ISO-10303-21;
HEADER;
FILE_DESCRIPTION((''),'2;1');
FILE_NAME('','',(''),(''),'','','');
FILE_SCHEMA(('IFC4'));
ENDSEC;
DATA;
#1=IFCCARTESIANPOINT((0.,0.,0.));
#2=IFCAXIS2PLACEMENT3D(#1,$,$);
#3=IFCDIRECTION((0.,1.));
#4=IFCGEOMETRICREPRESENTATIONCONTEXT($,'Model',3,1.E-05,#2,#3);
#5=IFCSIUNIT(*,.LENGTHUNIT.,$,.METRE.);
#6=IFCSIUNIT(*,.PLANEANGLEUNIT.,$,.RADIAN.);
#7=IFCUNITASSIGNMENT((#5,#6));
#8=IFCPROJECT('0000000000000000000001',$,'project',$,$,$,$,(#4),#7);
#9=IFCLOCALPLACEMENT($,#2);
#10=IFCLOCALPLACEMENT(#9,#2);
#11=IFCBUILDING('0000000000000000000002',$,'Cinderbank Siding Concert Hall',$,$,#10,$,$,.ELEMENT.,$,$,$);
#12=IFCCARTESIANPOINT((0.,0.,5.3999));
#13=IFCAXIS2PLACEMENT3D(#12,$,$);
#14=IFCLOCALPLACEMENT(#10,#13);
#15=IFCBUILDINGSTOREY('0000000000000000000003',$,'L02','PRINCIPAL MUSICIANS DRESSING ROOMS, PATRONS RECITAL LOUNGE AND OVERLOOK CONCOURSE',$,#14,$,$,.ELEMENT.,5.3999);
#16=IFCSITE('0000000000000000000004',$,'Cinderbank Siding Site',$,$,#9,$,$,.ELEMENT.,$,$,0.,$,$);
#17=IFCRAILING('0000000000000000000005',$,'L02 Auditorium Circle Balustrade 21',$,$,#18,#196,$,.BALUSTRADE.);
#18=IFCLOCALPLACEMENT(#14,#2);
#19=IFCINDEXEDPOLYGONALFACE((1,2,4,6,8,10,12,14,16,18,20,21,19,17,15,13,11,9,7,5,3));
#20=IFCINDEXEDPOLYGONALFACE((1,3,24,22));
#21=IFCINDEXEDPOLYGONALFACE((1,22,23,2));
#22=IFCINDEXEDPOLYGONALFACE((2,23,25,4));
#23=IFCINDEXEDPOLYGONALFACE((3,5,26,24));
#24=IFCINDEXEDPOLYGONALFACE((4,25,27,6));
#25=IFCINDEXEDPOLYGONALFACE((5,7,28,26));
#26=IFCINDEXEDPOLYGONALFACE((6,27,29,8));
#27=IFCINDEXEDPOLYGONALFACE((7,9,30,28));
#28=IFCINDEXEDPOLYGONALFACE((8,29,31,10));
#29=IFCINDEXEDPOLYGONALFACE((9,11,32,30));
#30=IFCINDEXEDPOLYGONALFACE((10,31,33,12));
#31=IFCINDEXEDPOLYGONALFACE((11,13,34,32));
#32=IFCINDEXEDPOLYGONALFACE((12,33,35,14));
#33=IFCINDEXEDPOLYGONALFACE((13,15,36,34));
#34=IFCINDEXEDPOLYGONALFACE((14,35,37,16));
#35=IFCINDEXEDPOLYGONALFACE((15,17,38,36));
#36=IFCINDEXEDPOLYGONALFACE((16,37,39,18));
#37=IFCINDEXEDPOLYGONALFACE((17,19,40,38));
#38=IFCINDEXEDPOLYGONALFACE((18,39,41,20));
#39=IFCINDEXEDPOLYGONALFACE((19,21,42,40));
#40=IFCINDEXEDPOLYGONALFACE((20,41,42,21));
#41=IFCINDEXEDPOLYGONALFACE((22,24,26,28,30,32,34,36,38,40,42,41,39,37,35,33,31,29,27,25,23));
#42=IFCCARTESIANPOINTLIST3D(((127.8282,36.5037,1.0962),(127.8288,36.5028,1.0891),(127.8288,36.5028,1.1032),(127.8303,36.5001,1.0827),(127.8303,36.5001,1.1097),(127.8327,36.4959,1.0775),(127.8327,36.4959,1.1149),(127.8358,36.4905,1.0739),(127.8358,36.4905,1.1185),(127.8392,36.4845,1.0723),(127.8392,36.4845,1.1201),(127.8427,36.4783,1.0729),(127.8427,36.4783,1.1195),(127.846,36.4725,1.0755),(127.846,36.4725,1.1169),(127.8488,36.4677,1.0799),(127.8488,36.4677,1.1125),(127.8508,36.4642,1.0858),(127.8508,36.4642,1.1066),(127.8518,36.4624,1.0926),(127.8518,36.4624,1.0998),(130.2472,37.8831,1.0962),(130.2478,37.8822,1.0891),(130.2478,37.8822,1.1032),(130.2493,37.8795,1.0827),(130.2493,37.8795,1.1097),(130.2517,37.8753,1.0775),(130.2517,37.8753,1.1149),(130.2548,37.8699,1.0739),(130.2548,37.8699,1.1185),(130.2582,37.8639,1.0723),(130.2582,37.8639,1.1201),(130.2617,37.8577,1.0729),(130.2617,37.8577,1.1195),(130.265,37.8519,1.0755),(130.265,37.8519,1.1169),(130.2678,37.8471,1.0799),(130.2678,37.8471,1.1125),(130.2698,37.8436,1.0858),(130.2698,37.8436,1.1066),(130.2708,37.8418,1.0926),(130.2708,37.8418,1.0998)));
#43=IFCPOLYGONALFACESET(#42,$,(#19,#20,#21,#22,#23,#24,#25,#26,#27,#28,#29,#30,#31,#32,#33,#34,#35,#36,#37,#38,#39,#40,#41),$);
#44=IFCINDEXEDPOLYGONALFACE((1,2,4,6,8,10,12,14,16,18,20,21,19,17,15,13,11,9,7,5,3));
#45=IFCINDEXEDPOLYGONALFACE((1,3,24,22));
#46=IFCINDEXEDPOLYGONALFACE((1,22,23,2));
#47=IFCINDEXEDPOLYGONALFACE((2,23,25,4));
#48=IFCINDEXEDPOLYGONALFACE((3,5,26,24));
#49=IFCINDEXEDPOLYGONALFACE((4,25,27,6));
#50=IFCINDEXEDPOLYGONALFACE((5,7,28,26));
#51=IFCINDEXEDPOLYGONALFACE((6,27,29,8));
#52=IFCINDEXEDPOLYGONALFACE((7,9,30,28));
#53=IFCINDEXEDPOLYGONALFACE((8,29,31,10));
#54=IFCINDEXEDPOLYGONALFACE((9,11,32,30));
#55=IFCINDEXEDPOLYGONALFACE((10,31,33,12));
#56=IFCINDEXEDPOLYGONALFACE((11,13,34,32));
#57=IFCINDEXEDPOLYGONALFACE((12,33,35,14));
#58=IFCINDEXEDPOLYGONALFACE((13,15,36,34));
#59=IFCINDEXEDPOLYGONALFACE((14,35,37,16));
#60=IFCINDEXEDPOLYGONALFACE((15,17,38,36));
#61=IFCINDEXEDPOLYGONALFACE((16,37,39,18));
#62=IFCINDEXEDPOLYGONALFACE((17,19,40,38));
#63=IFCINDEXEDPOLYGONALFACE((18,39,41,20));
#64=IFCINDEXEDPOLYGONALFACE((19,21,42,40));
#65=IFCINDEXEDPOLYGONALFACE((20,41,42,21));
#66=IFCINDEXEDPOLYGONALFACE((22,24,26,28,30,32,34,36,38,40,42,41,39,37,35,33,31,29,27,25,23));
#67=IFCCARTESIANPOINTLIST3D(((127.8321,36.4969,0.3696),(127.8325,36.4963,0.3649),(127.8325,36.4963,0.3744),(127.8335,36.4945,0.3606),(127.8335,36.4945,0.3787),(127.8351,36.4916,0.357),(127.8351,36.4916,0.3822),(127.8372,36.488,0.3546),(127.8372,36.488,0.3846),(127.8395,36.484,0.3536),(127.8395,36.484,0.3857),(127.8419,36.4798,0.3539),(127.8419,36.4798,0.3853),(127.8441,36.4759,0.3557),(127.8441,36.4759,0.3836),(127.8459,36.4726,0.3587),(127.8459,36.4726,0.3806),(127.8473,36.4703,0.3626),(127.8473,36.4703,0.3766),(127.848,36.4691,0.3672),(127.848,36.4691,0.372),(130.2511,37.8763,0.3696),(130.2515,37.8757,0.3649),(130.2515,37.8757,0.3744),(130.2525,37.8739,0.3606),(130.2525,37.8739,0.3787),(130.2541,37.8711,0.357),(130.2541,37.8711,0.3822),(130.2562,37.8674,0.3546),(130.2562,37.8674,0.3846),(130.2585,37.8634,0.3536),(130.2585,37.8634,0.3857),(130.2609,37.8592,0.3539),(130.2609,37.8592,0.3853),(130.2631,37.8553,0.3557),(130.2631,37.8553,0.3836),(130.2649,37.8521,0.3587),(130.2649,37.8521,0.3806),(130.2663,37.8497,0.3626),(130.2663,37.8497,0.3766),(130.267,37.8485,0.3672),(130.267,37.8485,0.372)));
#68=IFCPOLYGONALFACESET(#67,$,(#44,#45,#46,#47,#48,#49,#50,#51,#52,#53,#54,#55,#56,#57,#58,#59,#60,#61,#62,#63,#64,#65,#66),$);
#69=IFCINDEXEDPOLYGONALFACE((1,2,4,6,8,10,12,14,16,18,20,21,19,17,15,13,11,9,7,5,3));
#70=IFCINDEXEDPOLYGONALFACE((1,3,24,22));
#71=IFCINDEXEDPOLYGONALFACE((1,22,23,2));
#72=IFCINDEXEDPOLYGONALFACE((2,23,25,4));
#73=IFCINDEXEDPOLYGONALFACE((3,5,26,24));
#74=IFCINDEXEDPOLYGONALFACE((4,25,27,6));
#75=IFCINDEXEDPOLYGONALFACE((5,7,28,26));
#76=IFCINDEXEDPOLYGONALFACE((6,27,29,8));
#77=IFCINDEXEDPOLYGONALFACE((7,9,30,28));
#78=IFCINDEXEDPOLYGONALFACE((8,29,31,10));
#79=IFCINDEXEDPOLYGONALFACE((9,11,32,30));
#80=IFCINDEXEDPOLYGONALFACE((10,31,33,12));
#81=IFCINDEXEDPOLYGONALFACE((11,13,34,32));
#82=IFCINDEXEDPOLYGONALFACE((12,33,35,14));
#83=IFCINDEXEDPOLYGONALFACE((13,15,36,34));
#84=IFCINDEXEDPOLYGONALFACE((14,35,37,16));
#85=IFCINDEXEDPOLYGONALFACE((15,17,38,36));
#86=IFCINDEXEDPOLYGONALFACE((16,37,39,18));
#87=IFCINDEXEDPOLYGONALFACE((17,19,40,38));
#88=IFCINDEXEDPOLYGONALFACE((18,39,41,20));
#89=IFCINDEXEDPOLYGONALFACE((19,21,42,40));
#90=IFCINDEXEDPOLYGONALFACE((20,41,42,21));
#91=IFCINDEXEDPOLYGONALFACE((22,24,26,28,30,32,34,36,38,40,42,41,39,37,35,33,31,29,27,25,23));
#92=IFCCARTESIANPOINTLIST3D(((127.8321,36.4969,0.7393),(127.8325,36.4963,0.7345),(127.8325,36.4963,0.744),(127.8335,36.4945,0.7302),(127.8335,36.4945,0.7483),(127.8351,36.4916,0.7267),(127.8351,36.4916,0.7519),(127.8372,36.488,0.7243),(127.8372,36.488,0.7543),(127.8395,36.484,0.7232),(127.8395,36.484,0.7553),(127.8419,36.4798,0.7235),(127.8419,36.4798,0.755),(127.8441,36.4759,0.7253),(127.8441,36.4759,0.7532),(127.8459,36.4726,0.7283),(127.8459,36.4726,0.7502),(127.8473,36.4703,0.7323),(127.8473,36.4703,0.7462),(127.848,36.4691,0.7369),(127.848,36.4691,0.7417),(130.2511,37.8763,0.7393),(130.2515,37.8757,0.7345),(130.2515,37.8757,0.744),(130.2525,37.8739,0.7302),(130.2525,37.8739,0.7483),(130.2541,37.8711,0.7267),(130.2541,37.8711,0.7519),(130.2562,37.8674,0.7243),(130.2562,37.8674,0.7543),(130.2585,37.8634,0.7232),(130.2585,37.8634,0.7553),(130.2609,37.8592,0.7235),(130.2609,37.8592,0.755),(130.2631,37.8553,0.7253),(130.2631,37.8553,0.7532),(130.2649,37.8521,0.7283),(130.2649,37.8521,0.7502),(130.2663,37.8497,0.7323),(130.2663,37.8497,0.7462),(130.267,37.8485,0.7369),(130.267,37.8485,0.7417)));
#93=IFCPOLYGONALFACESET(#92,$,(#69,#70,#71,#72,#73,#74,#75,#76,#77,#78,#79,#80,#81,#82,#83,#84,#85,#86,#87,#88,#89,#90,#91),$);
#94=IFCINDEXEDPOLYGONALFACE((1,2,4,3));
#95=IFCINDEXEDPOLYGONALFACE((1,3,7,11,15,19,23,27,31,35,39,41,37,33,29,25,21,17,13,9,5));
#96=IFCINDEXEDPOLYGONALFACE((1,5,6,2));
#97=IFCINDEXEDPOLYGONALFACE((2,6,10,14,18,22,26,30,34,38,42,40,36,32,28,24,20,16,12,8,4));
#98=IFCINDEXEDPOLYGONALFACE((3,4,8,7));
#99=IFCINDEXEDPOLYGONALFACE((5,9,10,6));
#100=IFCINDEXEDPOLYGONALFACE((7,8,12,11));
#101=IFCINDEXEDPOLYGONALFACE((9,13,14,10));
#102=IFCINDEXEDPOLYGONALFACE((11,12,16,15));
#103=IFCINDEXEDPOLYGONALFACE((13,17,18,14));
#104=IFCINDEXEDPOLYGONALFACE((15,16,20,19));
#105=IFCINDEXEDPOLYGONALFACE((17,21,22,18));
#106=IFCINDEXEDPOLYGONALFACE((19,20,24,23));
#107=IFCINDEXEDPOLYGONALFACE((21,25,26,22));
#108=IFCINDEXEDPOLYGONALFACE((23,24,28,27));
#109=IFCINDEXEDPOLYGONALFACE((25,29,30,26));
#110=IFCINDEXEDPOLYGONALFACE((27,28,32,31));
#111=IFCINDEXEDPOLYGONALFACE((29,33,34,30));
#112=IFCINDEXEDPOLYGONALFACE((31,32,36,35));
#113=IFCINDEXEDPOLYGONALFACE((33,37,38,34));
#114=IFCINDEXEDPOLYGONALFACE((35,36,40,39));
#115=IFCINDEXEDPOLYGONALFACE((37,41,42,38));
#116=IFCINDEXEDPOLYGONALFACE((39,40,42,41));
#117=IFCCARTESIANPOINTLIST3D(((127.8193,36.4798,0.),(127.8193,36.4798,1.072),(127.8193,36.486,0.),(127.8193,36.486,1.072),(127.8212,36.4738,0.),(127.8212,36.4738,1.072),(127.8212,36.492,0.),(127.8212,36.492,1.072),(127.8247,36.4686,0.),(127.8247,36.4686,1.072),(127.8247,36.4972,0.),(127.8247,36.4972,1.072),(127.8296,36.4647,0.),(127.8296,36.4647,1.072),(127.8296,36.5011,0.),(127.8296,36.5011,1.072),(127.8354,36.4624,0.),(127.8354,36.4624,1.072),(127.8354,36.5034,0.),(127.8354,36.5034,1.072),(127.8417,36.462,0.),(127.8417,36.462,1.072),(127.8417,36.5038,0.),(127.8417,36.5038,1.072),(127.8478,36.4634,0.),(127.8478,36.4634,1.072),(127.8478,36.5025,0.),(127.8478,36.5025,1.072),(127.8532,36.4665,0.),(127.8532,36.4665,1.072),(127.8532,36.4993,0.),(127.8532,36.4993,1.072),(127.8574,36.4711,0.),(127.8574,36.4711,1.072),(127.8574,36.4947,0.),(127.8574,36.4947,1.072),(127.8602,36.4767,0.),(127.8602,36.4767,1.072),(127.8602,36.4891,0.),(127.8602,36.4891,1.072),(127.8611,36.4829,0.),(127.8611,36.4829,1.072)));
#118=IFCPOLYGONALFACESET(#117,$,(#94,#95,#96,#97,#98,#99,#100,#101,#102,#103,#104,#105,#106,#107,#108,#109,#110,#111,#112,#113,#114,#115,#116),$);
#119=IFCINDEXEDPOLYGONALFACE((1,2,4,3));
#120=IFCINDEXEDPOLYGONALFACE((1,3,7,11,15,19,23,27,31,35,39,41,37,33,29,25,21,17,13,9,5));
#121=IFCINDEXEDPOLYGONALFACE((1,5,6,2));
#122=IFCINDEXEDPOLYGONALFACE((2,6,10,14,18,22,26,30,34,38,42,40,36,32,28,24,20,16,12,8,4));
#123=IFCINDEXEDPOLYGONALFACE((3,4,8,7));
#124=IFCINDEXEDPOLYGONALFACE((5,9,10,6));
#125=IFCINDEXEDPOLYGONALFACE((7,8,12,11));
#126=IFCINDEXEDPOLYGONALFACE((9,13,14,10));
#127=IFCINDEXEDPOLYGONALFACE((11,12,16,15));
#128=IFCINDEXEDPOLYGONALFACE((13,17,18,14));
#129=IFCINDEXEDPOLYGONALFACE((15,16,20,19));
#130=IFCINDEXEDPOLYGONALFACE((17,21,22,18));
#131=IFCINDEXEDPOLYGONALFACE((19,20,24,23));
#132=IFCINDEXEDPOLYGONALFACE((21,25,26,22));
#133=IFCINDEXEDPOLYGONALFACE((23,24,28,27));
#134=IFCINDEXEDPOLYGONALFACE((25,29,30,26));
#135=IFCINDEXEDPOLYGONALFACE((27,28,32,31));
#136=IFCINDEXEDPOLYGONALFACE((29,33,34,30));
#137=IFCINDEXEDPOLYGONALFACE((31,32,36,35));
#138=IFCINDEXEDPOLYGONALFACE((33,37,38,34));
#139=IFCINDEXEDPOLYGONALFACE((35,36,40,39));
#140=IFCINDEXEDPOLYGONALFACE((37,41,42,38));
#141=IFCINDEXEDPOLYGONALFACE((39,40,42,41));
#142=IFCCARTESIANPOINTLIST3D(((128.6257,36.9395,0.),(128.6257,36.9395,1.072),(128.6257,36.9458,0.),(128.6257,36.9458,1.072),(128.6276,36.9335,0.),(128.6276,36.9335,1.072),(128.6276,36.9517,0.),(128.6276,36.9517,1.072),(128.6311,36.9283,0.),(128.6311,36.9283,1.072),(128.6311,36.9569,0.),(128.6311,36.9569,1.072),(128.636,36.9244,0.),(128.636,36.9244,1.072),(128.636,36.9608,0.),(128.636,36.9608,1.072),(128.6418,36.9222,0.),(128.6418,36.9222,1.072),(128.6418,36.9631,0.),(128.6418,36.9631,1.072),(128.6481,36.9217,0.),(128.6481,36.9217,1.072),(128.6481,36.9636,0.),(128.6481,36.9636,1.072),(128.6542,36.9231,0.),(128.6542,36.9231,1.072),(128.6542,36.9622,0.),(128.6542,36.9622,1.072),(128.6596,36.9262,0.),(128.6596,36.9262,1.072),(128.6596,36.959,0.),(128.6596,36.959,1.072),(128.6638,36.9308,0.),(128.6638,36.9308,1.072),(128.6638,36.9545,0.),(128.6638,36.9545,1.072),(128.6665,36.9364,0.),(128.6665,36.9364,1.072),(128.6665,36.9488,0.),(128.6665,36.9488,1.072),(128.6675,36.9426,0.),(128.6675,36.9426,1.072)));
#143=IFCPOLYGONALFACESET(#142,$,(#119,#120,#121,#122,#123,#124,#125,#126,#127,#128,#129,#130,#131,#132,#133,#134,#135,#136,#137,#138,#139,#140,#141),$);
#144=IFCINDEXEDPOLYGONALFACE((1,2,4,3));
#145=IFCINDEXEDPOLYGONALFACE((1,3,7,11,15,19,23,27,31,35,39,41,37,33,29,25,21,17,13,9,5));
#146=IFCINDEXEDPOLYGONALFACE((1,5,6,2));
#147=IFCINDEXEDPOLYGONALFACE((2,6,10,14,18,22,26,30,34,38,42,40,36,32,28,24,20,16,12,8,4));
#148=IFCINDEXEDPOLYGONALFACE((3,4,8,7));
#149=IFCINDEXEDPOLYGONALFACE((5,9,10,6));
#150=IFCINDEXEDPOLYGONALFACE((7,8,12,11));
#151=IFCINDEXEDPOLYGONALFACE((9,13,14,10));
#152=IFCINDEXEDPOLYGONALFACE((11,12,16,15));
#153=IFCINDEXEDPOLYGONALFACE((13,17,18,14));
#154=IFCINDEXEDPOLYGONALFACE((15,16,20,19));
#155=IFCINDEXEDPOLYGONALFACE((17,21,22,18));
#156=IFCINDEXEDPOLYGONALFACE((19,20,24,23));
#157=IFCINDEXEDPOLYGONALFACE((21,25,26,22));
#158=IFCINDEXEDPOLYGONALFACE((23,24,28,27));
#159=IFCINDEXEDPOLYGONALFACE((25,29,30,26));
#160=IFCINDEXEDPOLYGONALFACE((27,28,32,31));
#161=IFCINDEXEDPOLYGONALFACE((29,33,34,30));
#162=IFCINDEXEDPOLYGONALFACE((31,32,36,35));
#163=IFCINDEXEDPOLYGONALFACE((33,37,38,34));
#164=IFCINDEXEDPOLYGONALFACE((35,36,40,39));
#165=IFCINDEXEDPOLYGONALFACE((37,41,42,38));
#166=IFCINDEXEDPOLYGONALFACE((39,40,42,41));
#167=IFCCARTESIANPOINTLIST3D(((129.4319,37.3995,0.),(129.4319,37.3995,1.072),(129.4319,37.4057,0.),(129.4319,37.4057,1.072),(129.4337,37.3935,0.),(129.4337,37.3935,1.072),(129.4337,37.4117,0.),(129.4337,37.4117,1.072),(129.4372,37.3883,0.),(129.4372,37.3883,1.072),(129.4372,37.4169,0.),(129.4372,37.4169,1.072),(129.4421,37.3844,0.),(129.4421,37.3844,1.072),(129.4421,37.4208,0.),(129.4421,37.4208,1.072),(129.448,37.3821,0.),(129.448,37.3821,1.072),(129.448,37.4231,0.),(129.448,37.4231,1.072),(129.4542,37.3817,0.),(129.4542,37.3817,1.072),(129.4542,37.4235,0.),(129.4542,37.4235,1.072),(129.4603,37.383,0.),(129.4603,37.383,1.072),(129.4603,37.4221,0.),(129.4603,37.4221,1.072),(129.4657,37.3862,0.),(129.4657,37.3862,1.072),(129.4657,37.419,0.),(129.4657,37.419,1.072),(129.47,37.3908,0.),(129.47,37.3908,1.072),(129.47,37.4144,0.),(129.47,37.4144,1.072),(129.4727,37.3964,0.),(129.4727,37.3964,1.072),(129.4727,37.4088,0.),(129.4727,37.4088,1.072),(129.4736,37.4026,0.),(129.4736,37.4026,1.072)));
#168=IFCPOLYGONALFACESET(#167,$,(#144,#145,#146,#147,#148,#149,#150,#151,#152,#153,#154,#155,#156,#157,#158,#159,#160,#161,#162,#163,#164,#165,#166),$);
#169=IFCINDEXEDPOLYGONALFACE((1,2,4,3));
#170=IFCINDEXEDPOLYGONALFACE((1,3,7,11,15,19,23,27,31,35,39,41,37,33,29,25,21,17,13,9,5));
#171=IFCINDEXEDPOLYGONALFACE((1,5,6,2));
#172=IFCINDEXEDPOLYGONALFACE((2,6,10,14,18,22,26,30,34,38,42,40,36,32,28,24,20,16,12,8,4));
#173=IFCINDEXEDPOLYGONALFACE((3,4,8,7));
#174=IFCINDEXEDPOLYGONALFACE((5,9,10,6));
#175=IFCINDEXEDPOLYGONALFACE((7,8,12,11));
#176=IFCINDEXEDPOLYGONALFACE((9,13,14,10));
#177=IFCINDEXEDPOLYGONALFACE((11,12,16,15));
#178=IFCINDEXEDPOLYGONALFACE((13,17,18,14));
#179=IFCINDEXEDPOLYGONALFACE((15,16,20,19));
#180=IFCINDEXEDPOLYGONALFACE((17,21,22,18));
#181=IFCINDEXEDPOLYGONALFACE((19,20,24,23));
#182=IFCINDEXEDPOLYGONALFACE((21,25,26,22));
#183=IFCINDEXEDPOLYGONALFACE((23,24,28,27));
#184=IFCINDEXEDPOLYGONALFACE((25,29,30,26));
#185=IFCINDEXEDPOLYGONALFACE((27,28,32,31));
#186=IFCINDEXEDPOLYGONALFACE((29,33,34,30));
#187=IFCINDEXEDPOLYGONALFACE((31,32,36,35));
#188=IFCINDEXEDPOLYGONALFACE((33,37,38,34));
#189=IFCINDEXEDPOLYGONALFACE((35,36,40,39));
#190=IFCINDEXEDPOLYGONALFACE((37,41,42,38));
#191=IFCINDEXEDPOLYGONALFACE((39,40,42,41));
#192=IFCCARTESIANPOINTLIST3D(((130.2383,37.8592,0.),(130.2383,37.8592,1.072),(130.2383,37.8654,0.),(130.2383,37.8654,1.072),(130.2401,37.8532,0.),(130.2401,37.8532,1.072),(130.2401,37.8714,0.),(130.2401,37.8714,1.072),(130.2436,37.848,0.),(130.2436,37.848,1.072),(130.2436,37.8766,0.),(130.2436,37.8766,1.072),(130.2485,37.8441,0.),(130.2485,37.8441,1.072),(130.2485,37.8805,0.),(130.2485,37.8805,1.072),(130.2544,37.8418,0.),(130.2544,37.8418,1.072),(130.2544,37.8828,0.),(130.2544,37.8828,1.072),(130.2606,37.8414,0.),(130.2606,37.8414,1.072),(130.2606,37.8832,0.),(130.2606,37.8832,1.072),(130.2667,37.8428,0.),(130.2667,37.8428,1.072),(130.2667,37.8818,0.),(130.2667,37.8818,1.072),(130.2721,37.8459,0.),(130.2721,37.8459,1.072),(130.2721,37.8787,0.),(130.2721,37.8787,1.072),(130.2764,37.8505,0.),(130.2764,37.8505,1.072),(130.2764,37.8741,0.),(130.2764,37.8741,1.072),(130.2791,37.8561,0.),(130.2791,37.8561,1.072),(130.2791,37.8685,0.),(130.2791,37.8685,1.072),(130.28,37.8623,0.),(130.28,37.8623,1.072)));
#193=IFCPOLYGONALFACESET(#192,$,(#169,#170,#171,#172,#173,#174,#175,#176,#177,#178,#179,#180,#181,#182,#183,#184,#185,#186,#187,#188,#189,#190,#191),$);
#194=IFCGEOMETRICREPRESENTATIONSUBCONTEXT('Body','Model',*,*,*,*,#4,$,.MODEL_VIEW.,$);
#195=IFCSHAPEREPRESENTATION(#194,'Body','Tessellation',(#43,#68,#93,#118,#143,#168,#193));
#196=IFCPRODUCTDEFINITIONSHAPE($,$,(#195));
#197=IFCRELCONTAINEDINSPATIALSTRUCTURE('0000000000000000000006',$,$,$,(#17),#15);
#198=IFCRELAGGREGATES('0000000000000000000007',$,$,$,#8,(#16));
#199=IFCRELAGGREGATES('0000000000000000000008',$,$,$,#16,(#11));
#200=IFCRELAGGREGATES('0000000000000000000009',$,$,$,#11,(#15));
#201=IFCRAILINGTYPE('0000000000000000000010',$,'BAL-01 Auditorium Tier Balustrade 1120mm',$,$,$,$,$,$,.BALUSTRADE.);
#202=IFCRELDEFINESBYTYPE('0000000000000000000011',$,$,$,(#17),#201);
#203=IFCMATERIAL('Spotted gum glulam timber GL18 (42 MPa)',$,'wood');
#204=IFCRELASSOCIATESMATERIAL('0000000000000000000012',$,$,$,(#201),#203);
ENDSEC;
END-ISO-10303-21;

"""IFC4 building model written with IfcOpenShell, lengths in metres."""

from ifc_helpers import new_model, si_unit, direction, frame, origin, origin_2d, place, context, subcontext, project, spatial, circle, extrude, material, type_object, element, save


model = new_model("IFC4")

# Units and contexts
model_context = context("Model", 3, precision=1e-05, world=origin(), true_north=direction((0.0, 1.0)))
body_context = subcontext(model_context, "Body", "Model", "MODEL_VIEW")
ifc_project = project(units=[si_unit("LENGTHUNIT", "METRE"), si_unit("PLANEANGLEUNIT", "RADIAN")], contexts=[model_context])

# Site, building, storey
site_placement = place(None, origin())
site = spatial("IfcSite", under=ifc_project, at=site_placement, Name="Cinderbank Siding Site", CompositionType="ELEMENT", RefElevation=0.0)
building_placement = place(site_placement, origin())
building = spatial("IfcBuilding", under=site, at=building_placement, Name="Cinderbank Siding Concert Hall", CompositionType="ELEMENT")
storey_placement = place(building_placement, frame((0.0, 0.0, 5.3999)))
storey = spatial("IfcBuildingStorey", under=building, at=storey_placement, Name="L02", Description="PRINCIPAL MUSICIANS DRESSING ROOMS, PATRONS RECITAL LOUNGE AND OVERLOOK CONCOURSE", CompositionType="ELEMENT", Elevation=5.3999)

# Railing
ifc_material_1 = material(Name="Spotted gum glulam timber GL18 (42 MPa)", Category="wood")
railing_type = type_object("IfcRailingType", Name="BAL-01 Auditorium Tier Balustrade 1120mm", PredefinedType="BALUSTRADE", material=ifc_material_1)
railing_1_placement = place(storey_placement, frame((127.8401, 36.4829, 0.0)))
element("IfcRailing", 1, at=railing_1_placement, inside=storey, type_object=railing_type, Name="L02 Auditorium Circle Balustrade 21", PredefinedType="BALUSTRADE", context=body_context, shape_type="SweptSolid", body=[
    extrude(circle(Radius=0.0239, at=origin_2d()), frame((0.0, 0.0, 1.0962), z_axis=(0.868685, 0.495365, 0.0), x_axis=(-0.495365, 0.868685, 0.0)), (0.0, 0.0, 1.0), 2.7847),
    extrude(circle(Radius=0.0161, at=origin_2d()), frame((0.0, 0.0, 0.3696), z_axis=(0.868685, 0.495365, 0.0), x_axis=(-0.495365, 0.868685, 0.0)), (0.0, 0.0, 1.0), 2.7847),
    extrude(circle(Radius=0.0161, at=origin_2d()), frame((0.0, 0.0, 0.7393), z_axis=(0.868685, 0.495365, 0.0), x_axis=(-0.495365, 0.868685, 0.0)), (0.0, 0.0, 1.0), 2.7847),
    extrude(circle(Radius=0.021, at=origin_2d()), origin(), (0.0, 0.0, 1.0), 1.072),
    extrude(circle(Radius=0.021, at=origin_2d()), frame((0.8064, 0.4597, 0.0)), (0.0, 0.0, 1.0), 1.072),
    extrude(circle(Radius=0.021, at=origin_2d()), frame((1.6125, 0.9197, 0.0)), (0.0, 0.0, 1.0), 1.072),
    extrude(circle(Radius=0.021, at=origin_2d()), frame((2.4189, 1.3794, 0.0)), (0.0, 0.0, 1.0), 1.072),
])

save(model, "model.ifc")
